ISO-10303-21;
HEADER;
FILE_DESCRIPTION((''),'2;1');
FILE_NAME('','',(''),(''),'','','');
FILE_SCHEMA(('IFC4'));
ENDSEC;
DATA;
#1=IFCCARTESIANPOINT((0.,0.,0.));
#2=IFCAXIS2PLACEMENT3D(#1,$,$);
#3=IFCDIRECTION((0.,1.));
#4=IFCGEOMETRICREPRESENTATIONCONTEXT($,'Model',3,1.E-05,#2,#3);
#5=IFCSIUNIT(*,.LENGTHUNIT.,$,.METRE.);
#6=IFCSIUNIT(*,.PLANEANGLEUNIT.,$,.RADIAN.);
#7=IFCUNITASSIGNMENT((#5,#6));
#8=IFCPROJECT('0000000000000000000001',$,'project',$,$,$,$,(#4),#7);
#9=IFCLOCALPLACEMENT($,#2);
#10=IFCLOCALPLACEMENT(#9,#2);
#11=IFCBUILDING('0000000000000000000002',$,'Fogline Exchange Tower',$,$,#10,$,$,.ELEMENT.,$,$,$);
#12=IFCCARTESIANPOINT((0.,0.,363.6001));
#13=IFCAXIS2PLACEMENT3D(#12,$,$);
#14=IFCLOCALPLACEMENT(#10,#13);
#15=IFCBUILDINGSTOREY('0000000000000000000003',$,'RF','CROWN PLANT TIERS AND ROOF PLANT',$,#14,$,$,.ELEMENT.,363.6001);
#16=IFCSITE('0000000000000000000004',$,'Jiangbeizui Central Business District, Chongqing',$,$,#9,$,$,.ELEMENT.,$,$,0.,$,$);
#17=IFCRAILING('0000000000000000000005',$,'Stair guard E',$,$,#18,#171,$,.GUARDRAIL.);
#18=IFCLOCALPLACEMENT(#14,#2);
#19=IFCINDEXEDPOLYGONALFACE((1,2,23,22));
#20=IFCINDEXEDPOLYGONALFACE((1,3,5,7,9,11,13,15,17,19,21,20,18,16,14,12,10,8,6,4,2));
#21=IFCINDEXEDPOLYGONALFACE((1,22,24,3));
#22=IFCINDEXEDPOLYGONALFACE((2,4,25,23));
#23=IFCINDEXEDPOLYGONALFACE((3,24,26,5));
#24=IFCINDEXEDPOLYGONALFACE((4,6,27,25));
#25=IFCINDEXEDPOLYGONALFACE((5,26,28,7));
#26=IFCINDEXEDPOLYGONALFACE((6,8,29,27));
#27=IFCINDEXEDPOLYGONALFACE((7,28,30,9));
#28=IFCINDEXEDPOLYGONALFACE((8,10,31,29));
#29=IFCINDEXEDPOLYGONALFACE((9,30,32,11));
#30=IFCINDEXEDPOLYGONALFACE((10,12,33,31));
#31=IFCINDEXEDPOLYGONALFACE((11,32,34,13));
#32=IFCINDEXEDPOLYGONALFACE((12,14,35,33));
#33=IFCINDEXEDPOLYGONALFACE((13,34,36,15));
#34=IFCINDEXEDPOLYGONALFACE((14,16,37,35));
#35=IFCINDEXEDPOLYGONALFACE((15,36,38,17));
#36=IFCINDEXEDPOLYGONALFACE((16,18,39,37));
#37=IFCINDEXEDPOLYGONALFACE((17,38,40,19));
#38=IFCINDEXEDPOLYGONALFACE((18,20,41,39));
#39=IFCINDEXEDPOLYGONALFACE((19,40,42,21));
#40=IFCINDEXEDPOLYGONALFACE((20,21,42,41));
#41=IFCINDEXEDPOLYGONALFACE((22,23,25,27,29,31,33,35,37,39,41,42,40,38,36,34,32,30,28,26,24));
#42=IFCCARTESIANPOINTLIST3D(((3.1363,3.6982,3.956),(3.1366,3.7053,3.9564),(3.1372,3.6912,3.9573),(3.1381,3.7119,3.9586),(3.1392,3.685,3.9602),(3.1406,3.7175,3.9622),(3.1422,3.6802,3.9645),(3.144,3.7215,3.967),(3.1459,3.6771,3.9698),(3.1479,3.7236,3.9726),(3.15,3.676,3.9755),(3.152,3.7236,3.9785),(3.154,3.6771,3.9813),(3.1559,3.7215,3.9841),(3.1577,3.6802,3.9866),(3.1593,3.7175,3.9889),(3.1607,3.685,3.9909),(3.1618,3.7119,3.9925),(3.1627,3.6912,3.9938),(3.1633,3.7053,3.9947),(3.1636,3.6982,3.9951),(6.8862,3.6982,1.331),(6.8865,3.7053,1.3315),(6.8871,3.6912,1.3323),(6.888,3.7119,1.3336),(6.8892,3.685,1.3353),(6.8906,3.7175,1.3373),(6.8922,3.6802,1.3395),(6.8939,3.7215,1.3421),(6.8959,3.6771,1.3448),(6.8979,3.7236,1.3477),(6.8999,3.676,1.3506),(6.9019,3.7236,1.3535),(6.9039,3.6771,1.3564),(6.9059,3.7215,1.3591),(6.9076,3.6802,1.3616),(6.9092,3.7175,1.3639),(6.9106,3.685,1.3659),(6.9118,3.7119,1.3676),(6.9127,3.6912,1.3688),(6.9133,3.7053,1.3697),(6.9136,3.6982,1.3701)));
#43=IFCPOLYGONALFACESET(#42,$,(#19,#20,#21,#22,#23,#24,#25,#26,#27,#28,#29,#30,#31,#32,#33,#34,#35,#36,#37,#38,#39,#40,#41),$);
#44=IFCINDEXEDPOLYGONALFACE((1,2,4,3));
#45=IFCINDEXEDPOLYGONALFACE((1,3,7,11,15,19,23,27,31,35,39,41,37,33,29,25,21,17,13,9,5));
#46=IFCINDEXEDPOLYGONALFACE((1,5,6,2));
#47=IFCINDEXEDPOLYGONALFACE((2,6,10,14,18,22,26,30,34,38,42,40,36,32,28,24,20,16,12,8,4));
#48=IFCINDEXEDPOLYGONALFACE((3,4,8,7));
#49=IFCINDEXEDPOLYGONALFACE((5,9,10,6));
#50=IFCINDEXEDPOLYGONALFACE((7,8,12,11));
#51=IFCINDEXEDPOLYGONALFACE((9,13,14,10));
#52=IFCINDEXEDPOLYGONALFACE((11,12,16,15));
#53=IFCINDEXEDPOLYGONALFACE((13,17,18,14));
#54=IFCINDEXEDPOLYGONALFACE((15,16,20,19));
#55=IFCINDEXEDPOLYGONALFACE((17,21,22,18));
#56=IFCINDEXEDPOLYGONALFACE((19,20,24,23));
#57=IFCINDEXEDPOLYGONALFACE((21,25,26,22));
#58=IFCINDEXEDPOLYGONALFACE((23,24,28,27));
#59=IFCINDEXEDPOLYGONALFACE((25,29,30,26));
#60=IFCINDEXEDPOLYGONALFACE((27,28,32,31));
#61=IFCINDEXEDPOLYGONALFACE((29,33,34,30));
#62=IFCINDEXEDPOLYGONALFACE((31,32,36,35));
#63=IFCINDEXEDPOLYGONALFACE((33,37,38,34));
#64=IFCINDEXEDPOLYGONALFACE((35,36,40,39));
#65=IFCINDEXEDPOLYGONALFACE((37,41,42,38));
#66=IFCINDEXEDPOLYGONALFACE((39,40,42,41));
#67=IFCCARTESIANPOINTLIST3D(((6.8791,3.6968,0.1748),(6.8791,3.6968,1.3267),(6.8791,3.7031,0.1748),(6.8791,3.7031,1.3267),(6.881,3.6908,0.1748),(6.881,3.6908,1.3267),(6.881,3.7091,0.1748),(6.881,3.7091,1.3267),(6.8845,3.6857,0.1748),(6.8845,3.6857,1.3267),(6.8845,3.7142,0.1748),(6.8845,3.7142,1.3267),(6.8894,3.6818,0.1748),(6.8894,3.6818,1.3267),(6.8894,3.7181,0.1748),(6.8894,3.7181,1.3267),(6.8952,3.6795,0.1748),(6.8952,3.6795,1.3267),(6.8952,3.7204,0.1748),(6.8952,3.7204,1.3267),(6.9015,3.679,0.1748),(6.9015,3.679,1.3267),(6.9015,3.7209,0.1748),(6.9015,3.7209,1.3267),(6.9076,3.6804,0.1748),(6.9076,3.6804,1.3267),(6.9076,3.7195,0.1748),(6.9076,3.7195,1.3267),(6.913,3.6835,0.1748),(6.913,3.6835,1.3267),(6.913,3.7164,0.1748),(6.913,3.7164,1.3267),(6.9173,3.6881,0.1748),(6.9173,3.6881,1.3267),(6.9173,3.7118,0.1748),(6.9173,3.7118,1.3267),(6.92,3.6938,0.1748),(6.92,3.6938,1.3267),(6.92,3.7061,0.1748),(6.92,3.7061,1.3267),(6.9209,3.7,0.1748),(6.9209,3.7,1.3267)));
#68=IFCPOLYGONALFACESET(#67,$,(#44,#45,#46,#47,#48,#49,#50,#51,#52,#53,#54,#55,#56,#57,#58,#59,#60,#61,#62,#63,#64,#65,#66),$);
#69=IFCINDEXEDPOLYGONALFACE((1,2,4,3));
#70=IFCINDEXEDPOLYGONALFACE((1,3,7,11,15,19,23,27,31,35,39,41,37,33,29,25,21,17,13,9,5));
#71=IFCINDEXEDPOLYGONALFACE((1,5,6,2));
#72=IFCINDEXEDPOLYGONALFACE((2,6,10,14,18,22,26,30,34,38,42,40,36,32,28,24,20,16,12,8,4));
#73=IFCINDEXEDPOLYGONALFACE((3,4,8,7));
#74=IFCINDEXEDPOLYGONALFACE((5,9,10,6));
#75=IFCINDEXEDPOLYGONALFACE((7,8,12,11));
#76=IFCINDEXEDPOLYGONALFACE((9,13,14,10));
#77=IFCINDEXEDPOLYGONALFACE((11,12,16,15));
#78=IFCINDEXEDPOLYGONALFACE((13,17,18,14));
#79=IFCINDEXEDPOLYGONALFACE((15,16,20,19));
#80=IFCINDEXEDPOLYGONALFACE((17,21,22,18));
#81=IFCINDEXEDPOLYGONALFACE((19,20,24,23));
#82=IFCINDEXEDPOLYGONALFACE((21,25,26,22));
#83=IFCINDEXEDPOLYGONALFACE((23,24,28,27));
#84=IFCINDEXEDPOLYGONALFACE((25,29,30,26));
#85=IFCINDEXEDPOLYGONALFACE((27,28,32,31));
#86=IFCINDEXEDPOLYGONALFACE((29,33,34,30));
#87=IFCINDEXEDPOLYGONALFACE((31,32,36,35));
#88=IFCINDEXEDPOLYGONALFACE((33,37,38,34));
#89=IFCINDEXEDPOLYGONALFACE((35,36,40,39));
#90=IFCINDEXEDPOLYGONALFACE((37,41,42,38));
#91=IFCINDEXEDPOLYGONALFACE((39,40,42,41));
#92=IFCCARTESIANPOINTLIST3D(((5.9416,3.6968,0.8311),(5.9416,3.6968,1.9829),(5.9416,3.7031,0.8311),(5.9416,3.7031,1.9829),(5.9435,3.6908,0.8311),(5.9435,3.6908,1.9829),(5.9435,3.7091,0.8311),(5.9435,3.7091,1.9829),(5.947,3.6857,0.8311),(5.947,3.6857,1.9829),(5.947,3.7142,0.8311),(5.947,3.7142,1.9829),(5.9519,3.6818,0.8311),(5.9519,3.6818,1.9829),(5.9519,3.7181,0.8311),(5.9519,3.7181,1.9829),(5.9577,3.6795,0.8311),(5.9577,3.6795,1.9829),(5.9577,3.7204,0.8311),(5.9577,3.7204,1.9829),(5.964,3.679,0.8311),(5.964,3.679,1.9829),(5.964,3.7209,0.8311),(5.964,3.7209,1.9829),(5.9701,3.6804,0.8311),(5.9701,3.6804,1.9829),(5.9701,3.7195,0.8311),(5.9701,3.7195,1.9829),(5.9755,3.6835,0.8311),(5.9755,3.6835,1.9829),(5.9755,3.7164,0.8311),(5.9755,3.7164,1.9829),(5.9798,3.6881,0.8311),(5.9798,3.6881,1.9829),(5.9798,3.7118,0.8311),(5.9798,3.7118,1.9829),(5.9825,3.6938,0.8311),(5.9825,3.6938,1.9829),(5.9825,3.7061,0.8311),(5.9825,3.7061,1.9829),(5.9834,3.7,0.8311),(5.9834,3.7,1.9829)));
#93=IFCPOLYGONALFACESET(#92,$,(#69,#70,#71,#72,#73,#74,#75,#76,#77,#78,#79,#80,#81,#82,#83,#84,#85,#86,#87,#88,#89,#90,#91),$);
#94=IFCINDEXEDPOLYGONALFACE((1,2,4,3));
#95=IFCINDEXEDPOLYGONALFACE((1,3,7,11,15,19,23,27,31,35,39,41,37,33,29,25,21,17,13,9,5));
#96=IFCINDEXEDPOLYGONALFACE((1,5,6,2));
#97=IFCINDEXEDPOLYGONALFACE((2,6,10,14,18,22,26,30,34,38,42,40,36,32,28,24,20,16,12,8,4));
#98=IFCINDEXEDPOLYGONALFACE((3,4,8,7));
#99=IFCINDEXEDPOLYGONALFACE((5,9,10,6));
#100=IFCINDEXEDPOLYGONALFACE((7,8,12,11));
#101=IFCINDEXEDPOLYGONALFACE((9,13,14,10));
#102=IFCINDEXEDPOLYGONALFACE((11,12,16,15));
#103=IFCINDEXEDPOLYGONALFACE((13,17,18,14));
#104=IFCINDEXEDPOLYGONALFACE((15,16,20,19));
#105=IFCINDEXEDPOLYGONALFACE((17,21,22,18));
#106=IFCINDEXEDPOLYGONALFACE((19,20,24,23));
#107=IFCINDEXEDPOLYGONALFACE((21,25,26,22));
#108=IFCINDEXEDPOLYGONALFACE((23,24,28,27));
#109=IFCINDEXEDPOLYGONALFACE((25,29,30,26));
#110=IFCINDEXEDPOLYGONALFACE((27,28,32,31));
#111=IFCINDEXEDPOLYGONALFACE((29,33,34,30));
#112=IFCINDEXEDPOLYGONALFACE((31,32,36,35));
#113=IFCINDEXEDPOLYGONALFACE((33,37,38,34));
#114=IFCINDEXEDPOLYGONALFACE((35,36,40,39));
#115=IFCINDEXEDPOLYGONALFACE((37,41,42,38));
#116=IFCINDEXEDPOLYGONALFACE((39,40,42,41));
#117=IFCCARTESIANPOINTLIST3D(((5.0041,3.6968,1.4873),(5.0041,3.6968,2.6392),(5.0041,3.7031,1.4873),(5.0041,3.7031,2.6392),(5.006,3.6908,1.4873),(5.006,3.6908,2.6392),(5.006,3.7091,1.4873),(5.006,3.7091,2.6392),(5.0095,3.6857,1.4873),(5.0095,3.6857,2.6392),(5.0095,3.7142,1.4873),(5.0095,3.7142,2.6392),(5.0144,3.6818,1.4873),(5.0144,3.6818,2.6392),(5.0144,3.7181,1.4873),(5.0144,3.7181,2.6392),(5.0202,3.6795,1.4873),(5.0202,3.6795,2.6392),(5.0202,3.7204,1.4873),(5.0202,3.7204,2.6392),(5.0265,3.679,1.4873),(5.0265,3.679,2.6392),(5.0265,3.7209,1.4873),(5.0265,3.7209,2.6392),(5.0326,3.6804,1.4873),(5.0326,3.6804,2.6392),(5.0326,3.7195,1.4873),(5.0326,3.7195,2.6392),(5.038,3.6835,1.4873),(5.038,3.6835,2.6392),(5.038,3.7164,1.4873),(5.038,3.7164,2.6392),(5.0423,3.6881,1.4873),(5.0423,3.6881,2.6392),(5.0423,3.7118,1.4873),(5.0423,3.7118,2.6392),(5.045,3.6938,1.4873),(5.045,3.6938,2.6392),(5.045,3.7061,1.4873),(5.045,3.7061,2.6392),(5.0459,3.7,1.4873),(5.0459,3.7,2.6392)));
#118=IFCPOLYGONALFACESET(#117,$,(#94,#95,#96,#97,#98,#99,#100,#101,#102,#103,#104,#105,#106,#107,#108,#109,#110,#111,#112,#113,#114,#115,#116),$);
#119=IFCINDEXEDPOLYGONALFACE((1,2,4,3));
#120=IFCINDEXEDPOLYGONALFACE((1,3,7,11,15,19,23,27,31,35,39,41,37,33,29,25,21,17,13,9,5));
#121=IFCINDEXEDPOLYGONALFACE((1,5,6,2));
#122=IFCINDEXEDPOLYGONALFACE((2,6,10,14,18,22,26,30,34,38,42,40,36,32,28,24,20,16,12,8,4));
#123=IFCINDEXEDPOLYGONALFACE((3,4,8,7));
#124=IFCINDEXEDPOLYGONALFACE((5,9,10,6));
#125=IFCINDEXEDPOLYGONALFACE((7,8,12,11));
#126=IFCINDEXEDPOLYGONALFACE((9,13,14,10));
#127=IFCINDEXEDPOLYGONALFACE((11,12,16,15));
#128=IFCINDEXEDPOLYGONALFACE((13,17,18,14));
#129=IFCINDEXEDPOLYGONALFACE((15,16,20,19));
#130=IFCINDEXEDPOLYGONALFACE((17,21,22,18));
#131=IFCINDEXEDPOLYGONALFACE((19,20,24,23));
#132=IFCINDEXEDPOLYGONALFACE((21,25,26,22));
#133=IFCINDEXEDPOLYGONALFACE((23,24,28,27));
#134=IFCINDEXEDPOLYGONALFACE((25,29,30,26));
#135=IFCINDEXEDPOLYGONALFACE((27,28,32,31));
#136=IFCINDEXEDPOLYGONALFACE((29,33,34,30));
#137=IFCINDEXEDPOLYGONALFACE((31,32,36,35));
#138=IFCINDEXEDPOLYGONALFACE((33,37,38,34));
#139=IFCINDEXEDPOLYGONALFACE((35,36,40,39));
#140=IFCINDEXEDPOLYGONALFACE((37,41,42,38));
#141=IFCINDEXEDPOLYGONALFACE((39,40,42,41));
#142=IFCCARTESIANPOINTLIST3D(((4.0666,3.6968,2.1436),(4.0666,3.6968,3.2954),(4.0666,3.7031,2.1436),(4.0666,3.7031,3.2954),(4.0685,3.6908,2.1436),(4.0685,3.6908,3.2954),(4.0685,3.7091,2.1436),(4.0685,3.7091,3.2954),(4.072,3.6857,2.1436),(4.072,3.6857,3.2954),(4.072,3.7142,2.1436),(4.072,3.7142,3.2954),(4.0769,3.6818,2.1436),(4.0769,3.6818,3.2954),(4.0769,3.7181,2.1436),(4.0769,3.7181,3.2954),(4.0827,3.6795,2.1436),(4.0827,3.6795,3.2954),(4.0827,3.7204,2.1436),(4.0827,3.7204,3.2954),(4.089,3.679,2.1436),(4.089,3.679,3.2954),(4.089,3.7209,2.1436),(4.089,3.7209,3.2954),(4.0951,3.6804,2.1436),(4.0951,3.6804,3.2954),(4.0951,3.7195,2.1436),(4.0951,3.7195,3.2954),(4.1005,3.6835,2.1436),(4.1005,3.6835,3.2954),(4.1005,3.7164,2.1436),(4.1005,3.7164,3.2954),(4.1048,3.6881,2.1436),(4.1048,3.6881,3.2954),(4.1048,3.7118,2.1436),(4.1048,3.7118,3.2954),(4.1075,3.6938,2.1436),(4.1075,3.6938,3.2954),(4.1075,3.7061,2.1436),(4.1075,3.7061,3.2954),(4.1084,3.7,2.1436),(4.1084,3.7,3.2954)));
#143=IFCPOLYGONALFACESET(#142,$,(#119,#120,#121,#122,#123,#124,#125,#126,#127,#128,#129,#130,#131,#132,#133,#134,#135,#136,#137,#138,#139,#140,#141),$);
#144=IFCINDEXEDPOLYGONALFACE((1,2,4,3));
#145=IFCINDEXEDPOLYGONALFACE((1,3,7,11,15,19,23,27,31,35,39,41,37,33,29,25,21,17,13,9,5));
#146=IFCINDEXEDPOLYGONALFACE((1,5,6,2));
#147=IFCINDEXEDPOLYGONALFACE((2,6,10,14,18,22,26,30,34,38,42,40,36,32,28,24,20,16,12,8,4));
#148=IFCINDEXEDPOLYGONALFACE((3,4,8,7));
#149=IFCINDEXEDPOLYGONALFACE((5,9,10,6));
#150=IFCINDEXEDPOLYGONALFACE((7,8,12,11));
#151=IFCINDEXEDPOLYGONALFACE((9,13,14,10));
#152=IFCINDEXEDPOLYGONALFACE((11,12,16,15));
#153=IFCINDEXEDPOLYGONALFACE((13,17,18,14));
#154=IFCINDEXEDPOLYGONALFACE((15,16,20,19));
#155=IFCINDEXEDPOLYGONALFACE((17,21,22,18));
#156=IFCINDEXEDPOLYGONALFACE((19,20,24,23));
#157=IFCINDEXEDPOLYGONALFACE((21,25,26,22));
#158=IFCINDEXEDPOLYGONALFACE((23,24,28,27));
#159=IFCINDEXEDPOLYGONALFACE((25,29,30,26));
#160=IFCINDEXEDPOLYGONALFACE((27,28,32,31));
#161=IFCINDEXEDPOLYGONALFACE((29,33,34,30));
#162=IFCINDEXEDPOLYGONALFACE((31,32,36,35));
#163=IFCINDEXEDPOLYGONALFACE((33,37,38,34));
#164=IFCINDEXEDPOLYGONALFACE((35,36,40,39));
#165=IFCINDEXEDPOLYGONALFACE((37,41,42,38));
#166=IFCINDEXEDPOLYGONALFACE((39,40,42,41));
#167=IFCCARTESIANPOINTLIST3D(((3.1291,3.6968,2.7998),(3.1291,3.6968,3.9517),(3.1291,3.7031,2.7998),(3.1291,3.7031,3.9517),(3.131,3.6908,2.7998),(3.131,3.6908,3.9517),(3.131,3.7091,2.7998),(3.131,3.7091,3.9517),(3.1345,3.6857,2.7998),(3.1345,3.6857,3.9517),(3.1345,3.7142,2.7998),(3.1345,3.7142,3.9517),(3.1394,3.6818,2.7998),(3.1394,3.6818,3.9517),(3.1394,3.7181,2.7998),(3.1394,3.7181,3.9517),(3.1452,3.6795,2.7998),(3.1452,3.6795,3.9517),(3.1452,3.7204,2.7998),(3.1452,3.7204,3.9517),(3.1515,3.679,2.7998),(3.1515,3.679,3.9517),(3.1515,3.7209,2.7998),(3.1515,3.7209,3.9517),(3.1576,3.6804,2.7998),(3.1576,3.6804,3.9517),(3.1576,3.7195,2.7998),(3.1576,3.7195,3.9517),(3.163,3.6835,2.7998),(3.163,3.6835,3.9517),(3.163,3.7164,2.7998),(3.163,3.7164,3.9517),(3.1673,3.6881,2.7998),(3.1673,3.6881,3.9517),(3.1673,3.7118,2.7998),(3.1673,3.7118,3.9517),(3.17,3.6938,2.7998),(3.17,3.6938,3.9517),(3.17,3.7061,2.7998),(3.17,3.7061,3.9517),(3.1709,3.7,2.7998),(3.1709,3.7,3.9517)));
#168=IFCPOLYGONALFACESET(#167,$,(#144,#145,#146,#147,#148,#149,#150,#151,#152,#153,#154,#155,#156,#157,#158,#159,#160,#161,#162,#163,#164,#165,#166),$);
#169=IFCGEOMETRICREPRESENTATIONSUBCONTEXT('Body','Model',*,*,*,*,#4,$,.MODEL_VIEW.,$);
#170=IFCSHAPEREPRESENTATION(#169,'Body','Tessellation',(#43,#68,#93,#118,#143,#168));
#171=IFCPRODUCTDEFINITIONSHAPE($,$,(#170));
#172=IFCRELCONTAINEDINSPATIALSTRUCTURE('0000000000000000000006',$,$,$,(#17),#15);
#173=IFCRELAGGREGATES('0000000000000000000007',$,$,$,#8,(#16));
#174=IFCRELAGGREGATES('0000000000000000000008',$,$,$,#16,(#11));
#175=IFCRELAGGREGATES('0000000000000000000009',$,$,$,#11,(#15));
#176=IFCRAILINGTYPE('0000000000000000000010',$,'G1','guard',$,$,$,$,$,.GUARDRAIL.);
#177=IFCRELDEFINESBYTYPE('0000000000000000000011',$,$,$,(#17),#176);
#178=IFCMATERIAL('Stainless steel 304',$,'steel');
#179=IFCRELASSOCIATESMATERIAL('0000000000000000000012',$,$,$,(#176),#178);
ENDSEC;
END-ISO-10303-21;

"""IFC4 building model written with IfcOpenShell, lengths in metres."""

from ifc_helpers import new_model, si_unit, direction, frame, origin, origin_2d, place, context, subcontext, project, spatial, circle, extrude, material, type_object, element, save


model = new_model("IFC4")

# Units and contexts
model_context = context("Model", 3, precision=1e-05, world=origin(), true_north=direction((0.0, 1.0)))
body_context = subcontext(model_context, "Body", "Model", "MODEL_VIEW")
ifc_project = project(units=[si_unit("LENGTHUNIT", "METRE"), si_unit("PLANEANGLEUNIT", "RADIAN")], contexts=[model_context])

# Site, building, storey
site_placement = place(None, origin())
site = spatial("IfcSite", under=ifc_project, at=site_placement, Name="Jiangbeizui Central Business District, Chongqing", CompositionType="ELEMENT", RefElevation=0.0)
building_placement = place(site_placement, origin())
building = spatial("IfcBuilding", under=site, at=building_placement, Name="Fogline Exchange Tower", CompositionType="ELEMENT")
storey_placement = place(building_placement, frame((0.0, 0.0, 363.6001)))
storey = spatial("IfcBuildingStorey", under=building, at=storey_placement, Name="RF", Description="CROWN PLANT TIERS AND ROOF PLANT", CompositionType="ELEMENT", Elevation=363.6001)

# Railing
ifc_material_1 = material(Name="Stainless steel 304", Category="steel")
railing_type_1 = type_object("IfcRailingType", Name="G1", Description="guard", PredefinedType="GUARDRAIL", material=ifc_material_1)
railing_1_placement = place(storey_placement, frame((6.8999, 3.7, 0.1748)))
element("IfcRailing", 1, at=railing_1_placement, inside=storey, type_object=railing_type_1, Name="Stair guard E", PredefinedType="GUARDRAIL", context=body_context, shape_type="SweptSolid", body=[
    extrude(circle(Radius=0.0239, at=origin_2d()), frame((0.0, 0.0, 1.1758), z_axis=(-0.819232, 0.0, 0.573462), x_axis=(0.0, -1.0, 0.0)), (0.0, 0.0, 1.0), 4.5774),
    extrude(circle(Radius=0.021, at=origin_2d()), origin(), (0.0, 0.0, 1.0), 1.1519),
    extrude(circle(Radius=0.021, at=origin_2d()), frame((-0.9375, 0.0, 0.6562)), (0.0, 0.0, 1.0), 1.1519),
    extrude(circle(Radius=0.021, at=origin_2d()), frame((-1.875, 0.0, 1.3125)), (0.0, 0.0, 1.0), 1.1519),
    extrude(circle(Radius=0.021, at=origin_2d()), frame((-2.8125, 0.0, 1.9688)), (0.0, 0.0, 1.0), 1.1519),
    extrude(circle(Radius=0.021, at=origin_2d()), frame((-3.75, 0.0, 2.625)), (0.0, 0.0, 1.0), 1.1519),
])

save(model, "model.ifc")
